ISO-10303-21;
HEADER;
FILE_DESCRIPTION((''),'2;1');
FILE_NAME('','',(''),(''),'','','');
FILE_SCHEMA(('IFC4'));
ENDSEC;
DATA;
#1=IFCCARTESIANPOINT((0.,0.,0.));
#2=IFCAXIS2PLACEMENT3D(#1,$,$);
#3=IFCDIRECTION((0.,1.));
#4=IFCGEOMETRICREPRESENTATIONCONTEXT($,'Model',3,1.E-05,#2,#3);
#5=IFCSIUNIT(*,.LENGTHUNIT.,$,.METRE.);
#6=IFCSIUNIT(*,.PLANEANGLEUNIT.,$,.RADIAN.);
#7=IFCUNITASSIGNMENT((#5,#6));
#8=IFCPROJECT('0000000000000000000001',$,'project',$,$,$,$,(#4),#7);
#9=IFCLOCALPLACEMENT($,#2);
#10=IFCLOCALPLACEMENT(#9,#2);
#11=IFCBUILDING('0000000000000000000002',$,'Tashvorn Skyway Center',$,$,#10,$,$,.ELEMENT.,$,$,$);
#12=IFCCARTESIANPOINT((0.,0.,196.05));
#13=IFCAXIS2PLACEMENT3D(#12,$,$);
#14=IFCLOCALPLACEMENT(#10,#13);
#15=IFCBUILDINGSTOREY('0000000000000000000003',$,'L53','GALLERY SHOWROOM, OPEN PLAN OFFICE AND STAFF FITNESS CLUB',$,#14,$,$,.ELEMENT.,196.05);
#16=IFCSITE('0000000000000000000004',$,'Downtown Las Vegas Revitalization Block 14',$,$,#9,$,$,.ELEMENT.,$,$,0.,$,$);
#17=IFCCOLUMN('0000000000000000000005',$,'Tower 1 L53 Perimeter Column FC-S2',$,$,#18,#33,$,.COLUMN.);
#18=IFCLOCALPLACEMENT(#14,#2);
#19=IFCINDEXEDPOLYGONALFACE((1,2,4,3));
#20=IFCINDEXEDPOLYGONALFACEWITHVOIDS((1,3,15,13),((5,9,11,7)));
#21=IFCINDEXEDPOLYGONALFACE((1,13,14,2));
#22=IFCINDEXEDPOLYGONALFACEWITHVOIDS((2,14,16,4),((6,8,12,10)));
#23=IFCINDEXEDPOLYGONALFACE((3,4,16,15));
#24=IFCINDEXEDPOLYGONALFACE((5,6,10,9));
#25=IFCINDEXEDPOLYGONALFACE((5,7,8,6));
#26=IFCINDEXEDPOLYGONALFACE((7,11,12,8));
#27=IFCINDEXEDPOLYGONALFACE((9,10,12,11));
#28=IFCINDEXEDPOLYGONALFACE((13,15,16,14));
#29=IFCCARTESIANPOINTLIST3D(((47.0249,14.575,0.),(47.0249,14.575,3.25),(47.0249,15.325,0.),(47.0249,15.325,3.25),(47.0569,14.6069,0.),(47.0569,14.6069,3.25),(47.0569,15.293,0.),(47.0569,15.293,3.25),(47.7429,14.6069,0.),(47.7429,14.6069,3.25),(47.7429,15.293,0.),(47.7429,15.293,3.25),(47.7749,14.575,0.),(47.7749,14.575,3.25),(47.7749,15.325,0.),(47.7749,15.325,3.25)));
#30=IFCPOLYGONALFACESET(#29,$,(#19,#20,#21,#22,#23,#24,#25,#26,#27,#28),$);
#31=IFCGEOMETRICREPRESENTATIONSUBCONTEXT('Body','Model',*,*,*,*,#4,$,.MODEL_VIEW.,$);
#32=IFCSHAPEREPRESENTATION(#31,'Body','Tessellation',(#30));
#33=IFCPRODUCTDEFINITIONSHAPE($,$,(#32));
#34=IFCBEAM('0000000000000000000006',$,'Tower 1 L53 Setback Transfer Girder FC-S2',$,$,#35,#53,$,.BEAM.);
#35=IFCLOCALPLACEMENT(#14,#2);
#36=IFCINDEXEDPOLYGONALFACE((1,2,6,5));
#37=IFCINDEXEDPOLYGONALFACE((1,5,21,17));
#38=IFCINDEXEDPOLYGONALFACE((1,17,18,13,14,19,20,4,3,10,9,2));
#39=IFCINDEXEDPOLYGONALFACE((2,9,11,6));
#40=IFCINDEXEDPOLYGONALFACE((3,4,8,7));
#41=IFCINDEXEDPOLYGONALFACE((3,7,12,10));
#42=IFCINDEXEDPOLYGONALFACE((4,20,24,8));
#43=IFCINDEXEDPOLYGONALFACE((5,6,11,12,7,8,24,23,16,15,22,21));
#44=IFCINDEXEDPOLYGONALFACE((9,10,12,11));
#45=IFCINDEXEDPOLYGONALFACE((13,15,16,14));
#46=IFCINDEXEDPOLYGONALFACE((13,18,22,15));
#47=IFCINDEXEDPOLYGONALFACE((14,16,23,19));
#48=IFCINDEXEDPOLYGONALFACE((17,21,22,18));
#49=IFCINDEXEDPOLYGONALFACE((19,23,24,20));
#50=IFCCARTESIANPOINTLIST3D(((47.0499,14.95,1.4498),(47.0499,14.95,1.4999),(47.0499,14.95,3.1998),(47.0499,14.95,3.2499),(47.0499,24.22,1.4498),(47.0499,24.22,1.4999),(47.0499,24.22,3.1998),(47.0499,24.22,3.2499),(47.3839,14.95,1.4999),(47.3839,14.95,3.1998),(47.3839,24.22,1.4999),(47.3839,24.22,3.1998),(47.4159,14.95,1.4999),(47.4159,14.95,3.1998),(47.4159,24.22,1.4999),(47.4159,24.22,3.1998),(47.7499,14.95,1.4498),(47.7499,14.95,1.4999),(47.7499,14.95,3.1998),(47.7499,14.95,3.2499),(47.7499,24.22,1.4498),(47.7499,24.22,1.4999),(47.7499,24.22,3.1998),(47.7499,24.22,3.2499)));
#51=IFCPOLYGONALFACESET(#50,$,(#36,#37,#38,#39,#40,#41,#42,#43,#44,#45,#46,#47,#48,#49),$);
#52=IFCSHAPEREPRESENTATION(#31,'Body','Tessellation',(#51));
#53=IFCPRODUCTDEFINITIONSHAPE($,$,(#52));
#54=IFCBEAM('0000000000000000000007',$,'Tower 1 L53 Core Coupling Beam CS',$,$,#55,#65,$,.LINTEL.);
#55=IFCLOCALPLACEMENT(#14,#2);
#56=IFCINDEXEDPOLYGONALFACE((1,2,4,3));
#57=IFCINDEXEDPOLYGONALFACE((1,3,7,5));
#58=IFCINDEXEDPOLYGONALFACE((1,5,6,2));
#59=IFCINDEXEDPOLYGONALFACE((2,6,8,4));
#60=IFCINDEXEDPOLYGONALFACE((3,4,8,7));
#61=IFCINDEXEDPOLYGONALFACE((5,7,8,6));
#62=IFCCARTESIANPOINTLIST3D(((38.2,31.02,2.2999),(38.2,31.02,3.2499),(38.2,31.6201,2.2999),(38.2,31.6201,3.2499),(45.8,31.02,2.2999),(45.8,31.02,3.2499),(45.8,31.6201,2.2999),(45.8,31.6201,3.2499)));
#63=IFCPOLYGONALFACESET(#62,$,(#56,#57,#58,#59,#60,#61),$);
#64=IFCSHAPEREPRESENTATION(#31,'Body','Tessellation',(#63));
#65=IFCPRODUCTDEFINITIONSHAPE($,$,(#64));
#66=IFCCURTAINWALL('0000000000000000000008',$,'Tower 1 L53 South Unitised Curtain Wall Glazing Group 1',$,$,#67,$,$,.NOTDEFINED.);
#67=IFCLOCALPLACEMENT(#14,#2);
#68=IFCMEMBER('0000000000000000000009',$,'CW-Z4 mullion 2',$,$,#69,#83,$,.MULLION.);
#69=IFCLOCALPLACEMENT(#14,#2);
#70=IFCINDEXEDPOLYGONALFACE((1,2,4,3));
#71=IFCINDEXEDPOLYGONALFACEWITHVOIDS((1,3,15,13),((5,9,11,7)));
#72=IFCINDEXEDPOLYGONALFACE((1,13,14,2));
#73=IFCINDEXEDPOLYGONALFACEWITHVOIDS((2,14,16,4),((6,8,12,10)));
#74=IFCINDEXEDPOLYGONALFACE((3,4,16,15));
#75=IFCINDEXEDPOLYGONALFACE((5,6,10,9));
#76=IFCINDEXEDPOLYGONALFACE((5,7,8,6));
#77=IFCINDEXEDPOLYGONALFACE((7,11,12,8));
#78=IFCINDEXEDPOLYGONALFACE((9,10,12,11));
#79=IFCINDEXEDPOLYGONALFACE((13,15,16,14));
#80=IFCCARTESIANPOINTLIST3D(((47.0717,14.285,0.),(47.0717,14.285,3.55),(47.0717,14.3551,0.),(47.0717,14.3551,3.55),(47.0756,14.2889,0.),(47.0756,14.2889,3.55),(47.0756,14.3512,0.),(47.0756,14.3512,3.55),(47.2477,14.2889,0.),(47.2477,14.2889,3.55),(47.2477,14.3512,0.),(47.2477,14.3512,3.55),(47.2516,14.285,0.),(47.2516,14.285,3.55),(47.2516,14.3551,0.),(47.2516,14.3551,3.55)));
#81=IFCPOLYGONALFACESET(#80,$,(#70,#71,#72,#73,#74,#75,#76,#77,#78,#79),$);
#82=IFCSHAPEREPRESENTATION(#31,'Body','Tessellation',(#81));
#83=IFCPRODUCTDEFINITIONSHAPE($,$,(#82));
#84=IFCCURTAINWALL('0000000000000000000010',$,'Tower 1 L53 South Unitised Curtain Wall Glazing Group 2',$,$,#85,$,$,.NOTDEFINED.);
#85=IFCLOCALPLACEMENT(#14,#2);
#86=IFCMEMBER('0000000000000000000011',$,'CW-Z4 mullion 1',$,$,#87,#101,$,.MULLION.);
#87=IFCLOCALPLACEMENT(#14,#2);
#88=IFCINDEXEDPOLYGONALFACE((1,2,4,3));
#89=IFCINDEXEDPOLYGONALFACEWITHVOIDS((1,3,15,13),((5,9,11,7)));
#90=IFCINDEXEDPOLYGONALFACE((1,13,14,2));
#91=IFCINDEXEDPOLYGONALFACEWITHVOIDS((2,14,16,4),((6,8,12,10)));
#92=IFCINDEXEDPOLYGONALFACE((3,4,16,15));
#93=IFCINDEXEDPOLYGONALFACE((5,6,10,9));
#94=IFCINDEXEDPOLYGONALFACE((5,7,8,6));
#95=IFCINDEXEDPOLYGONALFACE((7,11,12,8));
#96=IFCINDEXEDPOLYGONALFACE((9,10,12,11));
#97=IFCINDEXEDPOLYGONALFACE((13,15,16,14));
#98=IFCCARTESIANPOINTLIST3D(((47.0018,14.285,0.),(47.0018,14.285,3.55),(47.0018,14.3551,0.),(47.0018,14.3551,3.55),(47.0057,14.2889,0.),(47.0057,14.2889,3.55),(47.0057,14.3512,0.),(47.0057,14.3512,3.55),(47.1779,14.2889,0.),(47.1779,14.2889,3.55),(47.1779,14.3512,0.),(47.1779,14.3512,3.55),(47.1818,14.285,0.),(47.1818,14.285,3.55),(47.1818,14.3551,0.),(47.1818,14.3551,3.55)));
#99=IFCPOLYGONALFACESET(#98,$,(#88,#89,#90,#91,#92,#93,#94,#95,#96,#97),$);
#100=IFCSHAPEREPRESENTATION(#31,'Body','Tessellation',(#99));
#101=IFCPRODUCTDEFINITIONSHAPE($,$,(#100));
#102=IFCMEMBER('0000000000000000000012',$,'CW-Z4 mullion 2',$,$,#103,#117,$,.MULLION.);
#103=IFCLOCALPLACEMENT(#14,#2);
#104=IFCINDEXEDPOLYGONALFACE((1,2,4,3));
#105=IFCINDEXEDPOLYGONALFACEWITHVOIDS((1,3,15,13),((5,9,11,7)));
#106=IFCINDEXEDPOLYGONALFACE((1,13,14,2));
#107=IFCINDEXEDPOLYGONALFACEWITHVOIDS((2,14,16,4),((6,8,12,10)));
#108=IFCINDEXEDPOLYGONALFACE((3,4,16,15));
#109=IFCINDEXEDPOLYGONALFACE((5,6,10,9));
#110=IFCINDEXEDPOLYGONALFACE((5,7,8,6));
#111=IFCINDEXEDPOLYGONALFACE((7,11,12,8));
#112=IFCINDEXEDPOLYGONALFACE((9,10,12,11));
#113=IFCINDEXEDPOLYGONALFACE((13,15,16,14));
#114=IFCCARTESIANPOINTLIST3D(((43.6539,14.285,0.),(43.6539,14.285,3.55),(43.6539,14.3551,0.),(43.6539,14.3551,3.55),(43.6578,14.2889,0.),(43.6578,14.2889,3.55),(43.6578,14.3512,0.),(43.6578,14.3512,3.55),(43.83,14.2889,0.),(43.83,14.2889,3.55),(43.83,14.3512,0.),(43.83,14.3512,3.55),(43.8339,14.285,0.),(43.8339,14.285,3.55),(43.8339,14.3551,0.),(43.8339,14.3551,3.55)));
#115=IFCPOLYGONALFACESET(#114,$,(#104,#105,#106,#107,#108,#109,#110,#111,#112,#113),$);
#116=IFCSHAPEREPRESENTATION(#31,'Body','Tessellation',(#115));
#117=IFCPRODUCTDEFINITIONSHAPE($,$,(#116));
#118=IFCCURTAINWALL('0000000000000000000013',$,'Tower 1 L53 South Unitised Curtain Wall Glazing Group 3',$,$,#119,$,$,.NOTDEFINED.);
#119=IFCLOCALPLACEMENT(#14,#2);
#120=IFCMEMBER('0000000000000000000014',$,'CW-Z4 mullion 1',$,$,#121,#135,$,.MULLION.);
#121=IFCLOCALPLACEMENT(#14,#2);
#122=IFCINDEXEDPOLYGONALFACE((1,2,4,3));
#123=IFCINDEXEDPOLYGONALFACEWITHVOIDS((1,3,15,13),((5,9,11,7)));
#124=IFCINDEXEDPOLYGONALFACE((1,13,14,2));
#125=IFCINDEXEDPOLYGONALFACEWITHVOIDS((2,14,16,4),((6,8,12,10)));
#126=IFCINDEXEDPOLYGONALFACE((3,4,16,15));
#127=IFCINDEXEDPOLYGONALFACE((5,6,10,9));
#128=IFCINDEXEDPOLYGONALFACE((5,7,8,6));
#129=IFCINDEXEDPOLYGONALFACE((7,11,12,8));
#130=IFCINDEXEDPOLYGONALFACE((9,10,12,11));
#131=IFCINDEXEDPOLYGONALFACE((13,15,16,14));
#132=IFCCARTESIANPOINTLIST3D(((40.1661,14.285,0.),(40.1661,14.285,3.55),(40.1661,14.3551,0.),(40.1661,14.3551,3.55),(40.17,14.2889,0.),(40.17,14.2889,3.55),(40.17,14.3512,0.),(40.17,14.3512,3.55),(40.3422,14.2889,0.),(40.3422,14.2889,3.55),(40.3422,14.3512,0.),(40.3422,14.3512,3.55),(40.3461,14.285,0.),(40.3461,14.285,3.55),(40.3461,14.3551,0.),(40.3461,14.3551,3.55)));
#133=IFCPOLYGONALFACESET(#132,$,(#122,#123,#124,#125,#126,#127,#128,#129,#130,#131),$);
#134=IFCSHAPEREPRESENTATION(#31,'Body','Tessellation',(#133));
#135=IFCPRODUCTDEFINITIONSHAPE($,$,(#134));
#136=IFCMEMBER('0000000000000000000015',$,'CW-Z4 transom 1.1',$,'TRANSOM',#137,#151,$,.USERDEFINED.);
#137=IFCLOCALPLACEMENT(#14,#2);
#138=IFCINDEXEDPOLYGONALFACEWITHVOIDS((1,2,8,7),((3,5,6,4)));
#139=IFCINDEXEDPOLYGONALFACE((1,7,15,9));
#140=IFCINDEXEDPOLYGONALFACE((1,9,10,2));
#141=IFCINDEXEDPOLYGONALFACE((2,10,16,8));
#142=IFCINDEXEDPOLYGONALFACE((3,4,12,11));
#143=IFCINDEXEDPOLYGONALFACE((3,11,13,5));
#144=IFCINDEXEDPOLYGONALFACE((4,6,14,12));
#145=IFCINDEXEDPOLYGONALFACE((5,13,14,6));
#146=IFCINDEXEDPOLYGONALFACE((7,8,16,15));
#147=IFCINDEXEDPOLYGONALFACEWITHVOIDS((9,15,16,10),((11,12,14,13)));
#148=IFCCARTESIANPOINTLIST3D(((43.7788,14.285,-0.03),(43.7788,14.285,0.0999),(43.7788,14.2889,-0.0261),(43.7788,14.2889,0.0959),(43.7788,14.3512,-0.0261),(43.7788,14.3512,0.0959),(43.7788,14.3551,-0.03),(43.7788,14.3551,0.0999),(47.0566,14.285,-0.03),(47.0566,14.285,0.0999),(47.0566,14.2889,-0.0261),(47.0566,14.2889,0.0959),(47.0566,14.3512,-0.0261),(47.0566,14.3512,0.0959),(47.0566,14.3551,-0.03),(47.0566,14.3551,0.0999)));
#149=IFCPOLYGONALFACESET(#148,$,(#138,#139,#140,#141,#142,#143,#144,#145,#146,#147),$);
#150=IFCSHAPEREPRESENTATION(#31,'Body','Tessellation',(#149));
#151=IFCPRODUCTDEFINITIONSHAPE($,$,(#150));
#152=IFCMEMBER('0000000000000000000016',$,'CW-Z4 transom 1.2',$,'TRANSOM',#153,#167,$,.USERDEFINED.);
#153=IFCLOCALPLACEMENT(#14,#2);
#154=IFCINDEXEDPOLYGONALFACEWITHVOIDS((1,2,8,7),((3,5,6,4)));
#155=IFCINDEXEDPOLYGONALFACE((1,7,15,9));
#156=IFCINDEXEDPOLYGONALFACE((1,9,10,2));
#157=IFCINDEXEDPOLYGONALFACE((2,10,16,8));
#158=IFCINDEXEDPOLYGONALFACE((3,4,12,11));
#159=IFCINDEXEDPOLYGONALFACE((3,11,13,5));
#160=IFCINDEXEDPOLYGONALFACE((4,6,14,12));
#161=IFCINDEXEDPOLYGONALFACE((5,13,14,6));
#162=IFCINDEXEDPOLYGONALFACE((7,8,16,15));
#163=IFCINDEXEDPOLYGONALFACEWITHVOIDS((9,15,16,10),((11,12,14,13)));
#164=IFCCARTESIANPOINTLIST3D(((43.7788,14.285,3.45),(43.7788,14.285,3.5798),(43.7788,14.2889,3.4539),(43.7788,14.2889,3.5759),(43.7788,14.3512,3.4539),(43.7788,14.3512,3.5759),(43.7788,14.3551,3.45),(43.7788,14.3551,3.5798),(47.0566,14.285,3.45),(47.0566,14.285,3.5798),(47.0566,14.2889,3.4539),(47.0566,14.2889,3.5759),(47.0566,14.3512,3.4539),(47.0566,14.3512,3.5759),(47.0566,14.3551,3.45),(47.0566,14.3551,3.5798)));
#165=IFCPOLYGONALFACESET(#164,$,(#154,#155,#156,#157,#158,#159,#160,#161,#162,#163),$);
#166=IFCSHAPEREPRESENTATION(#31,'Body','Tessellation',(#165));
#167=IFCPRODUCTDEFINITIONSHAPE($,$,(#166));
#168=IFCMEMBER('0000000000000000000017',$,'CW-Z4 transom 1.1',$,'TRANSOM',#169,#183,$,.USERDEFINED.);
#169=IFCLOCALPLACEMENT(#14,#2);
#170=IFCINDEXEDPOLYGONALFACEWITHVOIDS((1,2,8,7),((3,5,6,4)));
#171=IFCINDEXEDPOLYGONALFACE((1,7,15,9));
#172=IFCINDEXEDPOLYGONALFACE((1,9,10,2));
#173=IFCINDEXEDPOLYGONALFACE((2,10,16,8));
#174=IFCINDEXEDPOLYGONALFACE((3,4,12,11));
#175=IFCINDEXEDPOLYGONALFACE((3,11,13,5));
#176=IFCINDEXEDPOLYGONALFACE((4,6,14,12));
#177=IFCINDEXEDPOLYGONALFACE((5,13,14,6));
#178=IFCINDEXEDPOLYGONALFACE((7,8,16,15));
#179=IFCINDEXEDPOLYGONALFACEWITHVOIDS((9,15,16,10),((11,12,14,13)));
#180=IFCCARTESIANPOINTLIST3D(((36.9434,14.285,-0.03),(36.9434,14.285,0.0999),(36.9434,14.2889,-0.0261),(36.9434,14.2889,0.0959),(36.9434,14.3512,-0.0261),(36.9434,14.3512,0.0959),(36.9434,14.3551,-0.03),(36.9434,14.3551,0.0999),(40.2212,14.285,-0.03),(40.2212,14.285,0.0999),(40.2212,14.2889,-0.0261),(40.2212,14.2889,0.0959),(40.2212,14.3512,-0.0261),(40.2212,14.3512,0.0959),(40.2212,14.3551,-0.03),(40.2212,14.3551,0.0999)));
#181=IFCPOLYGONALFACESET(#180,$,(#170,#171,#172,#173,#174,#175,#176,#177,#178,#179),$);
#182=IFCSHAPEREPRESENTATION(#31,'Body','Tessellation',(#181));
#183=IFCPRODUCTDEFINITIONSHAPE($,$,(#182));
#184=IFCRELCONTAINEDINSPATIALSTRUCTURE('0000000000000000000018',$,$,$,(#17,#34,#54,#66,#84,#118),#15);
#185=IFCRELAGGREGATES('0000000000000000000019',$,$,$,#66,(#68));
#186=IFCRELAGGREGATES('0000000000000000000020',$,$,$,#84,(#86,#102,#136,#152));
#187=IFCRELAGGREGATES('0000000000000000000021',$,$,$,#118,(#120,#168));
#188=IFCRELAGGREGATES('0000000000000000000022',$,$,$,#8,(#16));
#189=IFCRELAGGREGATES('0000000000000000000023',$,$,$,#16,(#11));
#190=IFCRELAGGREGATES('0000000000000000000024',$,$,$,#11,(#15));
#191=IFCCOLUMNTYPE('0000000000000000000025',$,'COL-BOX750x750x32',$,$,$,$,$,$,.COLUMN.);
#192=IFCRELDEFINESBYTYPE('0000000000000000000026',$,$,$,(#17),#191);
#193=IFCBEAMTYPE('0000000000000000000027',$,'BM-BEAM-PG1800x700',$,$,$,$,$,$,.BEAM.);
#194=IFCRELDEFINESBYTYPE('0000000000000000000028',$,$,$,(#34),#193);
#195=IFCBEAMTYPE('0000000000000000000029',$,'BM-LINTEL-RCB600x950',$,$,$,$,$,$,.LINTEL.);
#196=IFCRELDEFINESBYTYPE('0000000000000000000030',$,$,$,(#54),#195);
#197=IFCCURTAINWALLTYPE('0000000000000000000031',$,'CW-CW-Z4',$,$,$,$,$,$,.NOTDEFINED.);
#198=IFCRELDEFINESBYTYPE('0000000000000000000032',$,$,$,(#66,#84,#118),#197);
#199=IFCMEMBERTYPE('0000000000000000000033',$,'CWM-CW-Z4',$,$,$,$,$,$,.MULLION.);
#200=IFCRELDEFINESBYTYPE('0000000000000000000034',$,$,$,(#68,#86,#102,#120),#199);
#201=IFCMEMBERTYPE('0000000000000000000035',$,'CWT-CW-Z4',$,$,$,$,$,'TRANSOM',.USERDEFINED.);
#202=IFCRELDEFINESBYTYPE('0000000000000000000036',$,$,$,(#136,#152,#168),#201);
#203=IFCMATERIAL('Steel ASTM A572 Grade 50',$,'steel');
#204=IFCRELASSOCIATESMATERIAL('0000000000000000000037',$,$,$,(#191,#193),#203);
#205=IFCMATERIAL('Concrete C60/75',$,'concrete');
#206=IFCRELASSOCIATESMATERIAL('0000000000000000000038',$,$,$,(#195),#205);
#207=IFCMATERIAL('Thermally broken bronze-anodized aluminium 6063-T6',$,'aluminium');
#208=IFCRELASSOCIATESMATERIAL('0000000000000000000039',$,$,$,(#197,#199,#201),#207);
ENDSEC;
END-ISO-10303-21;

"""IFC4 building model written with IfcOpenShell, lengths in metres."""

from ifc_helpers import new_model, si_unit, direction, frame, origin, origin_2d, place, context, subcontext, project, spatial, rectangle, hollow_rectangle, i_section, extrude, material, material_profile, profile_set, type_object, element, aggregate, save


model = new_model("IFC4")

# Units and contexts
model_context = context("Model", 3, precision=1e-05, world=origin(), true_north=direction((0.0, 1.0)))
body_context = subcontext(model_context, "Body", "Model", "MODEL_VIEW")
ifc_project = project(units=[si_unit("LENGTHUNIT", "METRE"), si_unit("PLANEANGLEUNIT", "RADIAN")], contexts=[model_context])

# Site, building, storey
site_placement = place(None, origin())
site = spatial("IfcSite", under=ifc_project, at=site_placement, Name="Downtown Las Vegas Revitalization Block 14", CompositionType="ELEMENT", RefElevation=0.0)
building_placement = place(site_placement, origin())
building = spatial("IfcBuilding", under=site, at=building_placement, Name="Tashvorn Skyway Center", CompositionType="ELEMENT")
storey_placement = place(building_placement, frame((0.0, 0.0, 196.05)))
storey = spatial("IfcBuildingStorey", under=building, at=storey_placement, Name="L53", Description="GALLERY SHOWROOM, OPEN PLAN OFFICE AND STAFF FITNESS CLUB", CompositionType="ELEMENT", Elevation=196.05)

# Column
ifc_material_1 = material(Name="Steel ASTM A572 Grade 50", Category="steel")
ifc_material_profile_1 = material_profile(ifc_material_1, hollow_rectangle(XDim=0.75, YDim=0.75, WallThickness=0.032, at=origin_2d()), Name="BOX750x750x32")
ifc_profile_set_1 = profile_set([ifc_material_profile_1], Name="Steel ASTM A572 Grade 50")
column_type = type_object("IfcColumnType", Name="COL-BOX750x750x32", PredefinedType="COLUMN", material=ifc_profile_set_1)
column_placement = place(storey_placement, frame((47.3999, 14.95, 0.0), z_axis=(0.0, 0.0, 1.0), x_axis=(1.0, 0.0, 0.0)))
element("IfcColumn", 1, at=column_placement, inside=storey, type_object=column_type, Name="Tower 1 L53 Perimeter Column FC-S2", PredefinedType="COLUMN", context=body_context, shape_type="SweptSolid", body=[
    extrude(hollow_rectangle(XDim=0.75, YDim=0.75, WallThickness=0.032, at=origin_2d()), origin(), (0.0, 0.0, 1.0), 3.25),
])

# Beams
ifc_material_profile_2 = material_profile(ifc_material_1, i_section(OverallWidth=0.7, OverallDepth=1.8, WebThickness=0.032, FlangeThickness=0.05, at=origin_2d()), Name="PG1800x700")
ifc_profile_set_2 = profile_set([ifc_material_profile_2], Name="Steel ASTM A572 Grade 50")
beam_type_1 = type_object("IfcBeamType", Name="BM-BEAM-PG1800x700", PredefinedType="BEAM", material=ifc_profile_set_2)
beam_1_placement = place(storey_placement, frame((47.3999, 14.95, 2.3499), z_axis=(0.0, 1.0, 0.0), x_axis=(-1.0, 0.0, 0.0)))
element("IfcBeam", 2, at=beam_1_placement, inside=storey, type_object=beam_type_1, Name="Tower 1 L53 Setback Transfer Girder FC-S2", PredefinedType="BEAM", context=body_context, shape_type="SweptSolid", body=[
    extrude(i_section(OverallWidth=0.7, OverallDepth=1.8, WebThickness=0.032, FlangeThickness=0.05, at=origin_2d()), origin(), (0.0, 0.0, 1.0), 9.27),
])
ifc_material_2 = material(Name="Concrete C60/75", Category="concrete")
ifc_material_profile_3 = material_profile(ifc_material_2, rectangle(XDim=0.6001, YDim=0.95, at=origin_2d()), Name="RCB600x950")
ifc_profile_set_3 = profile_set([ifc_material_profile_3], Name="Concrete C60/75")
beam_type_2 = type_object("IfcBeamType", Name="BM-LINTEL-RCB600x950", PredefinedType="LINTEL", material=ifc_profile_set_3)
beam_2_placement = place(storey_placement, frame((38.2, 31.3201, 2.7749), z_axis=(1.0, 0.0, 0.0), x_axis=(0.0, 1.0, 0.0)))
element("IfcBeam", 3, at=beam_2_placement, inside=storey, type_object=beam_type_2, Name="Tower 1 L53 Core Coupling Beam CS", PredefinedType="LINTEL", context=body_context, shape_type="SweptSolid", body=[
    extrude(rectangle(XDim=0.6001, YDim=0.95, at=origin_2d()), origin(), (0.0, 0.0, 1.0), 7.6001),
])

# Curtain wall, member
ifc_material_3 = material(Name="Thermally broken bronze-anodized aluminium 6063-T6", Category="aluminium")
curtain_wall_type = type_object("IfcCurtainWallType", Name="CW-CW-Z4", PredefinedType="NOTDEFINED", material=ifc_material_3)
curtain_wall_1_placement = place(storey_placement, origin())
curtain_wall_1 = element("IfcCurtainWall", 4, at=curtain_wall_1_placement, inside=storey, type_object=curtain_wall_type, Name="Tower 1 L53 South Unitised Curtain Wall Glazing Group 1", PredefinedType="NOTDEFINED")
ifc_material_profile_4 = material_profile(ifc_material_3, hollow_rectangle(XDim=0.0701, YDim=0.1799, WallThickness=0.0039, at=origin_2d()), Name="ALU-MULL-70x180")
ifc_profile_set_4 = profile_set([ifc_material_profile_4], Name="Thermally broken bronze-anodized aluminium 6063-T6")
member_type_1 = type_object("IfcMemberType", Name="CWM-CW-Z4", PredefinedType="MULLION", material=ifc_profile_set_4)
member_1_placement = place(storey_placement, frame((47.1616, 14.3201, 0.0), z_axis=(0.0, 0.0, 1.0), x_axis=(0.0, -1.0, 0.0)))
member_1 = element("IfcMember", 5, at=member_1_placement, type_object=member_type_1, Name="CW-Z4 mullion 2", PredefinedType="MULLION", context=body_context, shape_type="SweptSolid", body=[
    extrude(hollow_rectangle(XDim=0.0701, YDim=0.1799, WallThickness=0.0039, at=origin_2d()), origin(), (0.0, 0.0, 1.0), 3.55),
])
aggregate(curtain_wall_1, [member_1])

# Curtain wall, members
curtain_wall_2_placement = place(storey_placement, origin())
curtain_wall_2 = element("IfcCurtainWall", 6, at=curtain_wall_2_placement, inside=storey, type_object=curtain_wall_type, Name="Tower 1 L53 South Unitised Curtain Wall Glazing Group 2", PredefinedType="NOTDEFINED")
member_2_placement = place(storey_placement, frame((47.0918, 14.3201, 0.0), z_axis=(0.0, 0.0, 1.0), x_axis=(0.0, -1.0, 0.0)))
member_2 = element("IfcMember", 7, at=member_2_placement, type_object=member_type_1, Name="CW-Z4 mullion 1", PredefinedType="MULLION", context=body_context, shape_type="SweptSolid", body=[
    extrude(hollow_rectangle(XDim=0.0701, YDim=0.1799, WallThickness=0.0039, at=origin_2d()), origin(), (0.0, 0.0, 1.0), 3.55),
])
member_3_placement = place(storey_placement, frame((43.7439, 14.3201, 0.0), z_axis=(0.0, 0.0, 1.0), x_axis=(0.0, -1.0, 0.0)))
member_3 = element("IfcMember", 8, at=member_3_placement, type_object=member_type_1, Name="CW-Z4 mullion 2", PredefinedType="MULLION", context=body_context, shape_type="SweptSolid", body=[
    extrude(hollow_rectangle(XDim=0.0701, YDim=0.1799, WallThickness=0.0039, at=origin_2d()), origin(), (0.0, 0.0, 1.0), 3.55),
])

# Curtain wall, member
curtain_wall_3_placement = place(storey_placement, origin())
curtain_wall_3 = element("IfcCurtainWall", 9, at=curtain_wall_3_placement, inside=storey, type_object=curtain_wall_type, Name="Tower 1 L53 South Unitised Curtain Wall Glazing Group 3", PredefinedType="NOTDEFINED")
member_4_placement = place(storey_placement, frame((40.2561, 14.3201, 0.0), z_axis=(0.0, 0.0, 1.0), x_axis=(0.0, -1.0, 0.0)))
member_4 = element("IfcMember", 10, at=member_4_placement, type_object=member_type_1, Name="CW-Z4 mullion 1", PredefinedType="MULLION", context=body_context, shape_type="SweptSolid", body=[
    extrude(hollow_rectangle(XDim=0.0701, YDim=0.1799, WallThickness=0.0039, at=origin_2d()), origin(), (0.0, 0.0, 1.0), 3.55),
])

# Members
ifc_material_profile_5 = material_profile(ifc_material_3, hollow_rectangle(XDim=0.0701, YDim=0.1299, WallThickness=0.0039, at=origin_2d()), Name="ALU-TRAN-70x130")
ifc_profile_set_5 = profile_set([ifc_material_profile_5], Name="Thermally broken bronze-anodized aluminium 6063-T6")
member_type_2 = type_object("IfcMemberType", Name="CWT-CW-Z4", ElementType="TRANSOM", PredefinedType="USERDEFINED", material=ifc_profile_set_5)
member_5_placement = place(storey_placement, frame((47.0566, 14.3201, 0.0349), z_axis=(-1.0, 0.0, 0.0), x_axis=(0.0, -1.0, 0.0)))
member_5 = element("IfcMember", 11, at=member_5_placement, type_object=member_type_2, Name="CW-Z4 transom 1.1", ObjectType="TRANSOM", PredefinedType="USERDEFINED", context=body_context, shape_type="SweptSolid", body=[
    extrude(hollow_rectangle(XDim=0.0701, YDim=0.1299, WallThickness=0.0039, at=origin_2d()), origin(), (0.0, 0.0, 1.0), 3.2778),
])
member_6_placement = place(storey_placement, frame((47.0566, 14.3201, 3.5149), z_axis=(-1.0, 0.0, 0.0), x_axis=(0.0, -1.0, 0.0)))
member_6 = element("IfcMember", 12, at=member_6_placement, type_object=member_type_2, Name="CW-Z4 transom 1.2", ObjectType="TRANSOM", PredefinedType="USERDEFINED", context=body_context, shape_type="SweptSolid", body=[
    extrude(hollow_rectangle(XDim=0.0701, YDim=0.1299, WallThickness=0.0039, at=origin_2d()), origin(), (0.0, 0.0, 1.0), 3.2778),
])
member_7_placement = place(storey_placement, frame((40.2212, 14.3201, 0.0349), z_axis=(-1.0, 0.0, 0.0), x_axis=(0.0, -1.0, 0.0)))
member_7 = element("IfcMember", 13, at=member_7_placement, type_object=member_type_2, Name="CW-Z4 transom 1.1", ObjectType="TRANSOM", PredefinedType="USERDEFINED", context=body_context, shape_type="SweptSolid", body=[
    extrude(hollow_rectangle(XDim=0.0701, YDim=0.1299, WallThickness=0.0039, at=origin_2d()), origin(), (0.0, 0.0, 1.0), 3.2778),
])

aggregate(curtain_wall_2, [member_2, member_3, member_5, member_6])
aggregate(curtain_wall_3, [member_4, member_7])

save(model, "model.ifc")
